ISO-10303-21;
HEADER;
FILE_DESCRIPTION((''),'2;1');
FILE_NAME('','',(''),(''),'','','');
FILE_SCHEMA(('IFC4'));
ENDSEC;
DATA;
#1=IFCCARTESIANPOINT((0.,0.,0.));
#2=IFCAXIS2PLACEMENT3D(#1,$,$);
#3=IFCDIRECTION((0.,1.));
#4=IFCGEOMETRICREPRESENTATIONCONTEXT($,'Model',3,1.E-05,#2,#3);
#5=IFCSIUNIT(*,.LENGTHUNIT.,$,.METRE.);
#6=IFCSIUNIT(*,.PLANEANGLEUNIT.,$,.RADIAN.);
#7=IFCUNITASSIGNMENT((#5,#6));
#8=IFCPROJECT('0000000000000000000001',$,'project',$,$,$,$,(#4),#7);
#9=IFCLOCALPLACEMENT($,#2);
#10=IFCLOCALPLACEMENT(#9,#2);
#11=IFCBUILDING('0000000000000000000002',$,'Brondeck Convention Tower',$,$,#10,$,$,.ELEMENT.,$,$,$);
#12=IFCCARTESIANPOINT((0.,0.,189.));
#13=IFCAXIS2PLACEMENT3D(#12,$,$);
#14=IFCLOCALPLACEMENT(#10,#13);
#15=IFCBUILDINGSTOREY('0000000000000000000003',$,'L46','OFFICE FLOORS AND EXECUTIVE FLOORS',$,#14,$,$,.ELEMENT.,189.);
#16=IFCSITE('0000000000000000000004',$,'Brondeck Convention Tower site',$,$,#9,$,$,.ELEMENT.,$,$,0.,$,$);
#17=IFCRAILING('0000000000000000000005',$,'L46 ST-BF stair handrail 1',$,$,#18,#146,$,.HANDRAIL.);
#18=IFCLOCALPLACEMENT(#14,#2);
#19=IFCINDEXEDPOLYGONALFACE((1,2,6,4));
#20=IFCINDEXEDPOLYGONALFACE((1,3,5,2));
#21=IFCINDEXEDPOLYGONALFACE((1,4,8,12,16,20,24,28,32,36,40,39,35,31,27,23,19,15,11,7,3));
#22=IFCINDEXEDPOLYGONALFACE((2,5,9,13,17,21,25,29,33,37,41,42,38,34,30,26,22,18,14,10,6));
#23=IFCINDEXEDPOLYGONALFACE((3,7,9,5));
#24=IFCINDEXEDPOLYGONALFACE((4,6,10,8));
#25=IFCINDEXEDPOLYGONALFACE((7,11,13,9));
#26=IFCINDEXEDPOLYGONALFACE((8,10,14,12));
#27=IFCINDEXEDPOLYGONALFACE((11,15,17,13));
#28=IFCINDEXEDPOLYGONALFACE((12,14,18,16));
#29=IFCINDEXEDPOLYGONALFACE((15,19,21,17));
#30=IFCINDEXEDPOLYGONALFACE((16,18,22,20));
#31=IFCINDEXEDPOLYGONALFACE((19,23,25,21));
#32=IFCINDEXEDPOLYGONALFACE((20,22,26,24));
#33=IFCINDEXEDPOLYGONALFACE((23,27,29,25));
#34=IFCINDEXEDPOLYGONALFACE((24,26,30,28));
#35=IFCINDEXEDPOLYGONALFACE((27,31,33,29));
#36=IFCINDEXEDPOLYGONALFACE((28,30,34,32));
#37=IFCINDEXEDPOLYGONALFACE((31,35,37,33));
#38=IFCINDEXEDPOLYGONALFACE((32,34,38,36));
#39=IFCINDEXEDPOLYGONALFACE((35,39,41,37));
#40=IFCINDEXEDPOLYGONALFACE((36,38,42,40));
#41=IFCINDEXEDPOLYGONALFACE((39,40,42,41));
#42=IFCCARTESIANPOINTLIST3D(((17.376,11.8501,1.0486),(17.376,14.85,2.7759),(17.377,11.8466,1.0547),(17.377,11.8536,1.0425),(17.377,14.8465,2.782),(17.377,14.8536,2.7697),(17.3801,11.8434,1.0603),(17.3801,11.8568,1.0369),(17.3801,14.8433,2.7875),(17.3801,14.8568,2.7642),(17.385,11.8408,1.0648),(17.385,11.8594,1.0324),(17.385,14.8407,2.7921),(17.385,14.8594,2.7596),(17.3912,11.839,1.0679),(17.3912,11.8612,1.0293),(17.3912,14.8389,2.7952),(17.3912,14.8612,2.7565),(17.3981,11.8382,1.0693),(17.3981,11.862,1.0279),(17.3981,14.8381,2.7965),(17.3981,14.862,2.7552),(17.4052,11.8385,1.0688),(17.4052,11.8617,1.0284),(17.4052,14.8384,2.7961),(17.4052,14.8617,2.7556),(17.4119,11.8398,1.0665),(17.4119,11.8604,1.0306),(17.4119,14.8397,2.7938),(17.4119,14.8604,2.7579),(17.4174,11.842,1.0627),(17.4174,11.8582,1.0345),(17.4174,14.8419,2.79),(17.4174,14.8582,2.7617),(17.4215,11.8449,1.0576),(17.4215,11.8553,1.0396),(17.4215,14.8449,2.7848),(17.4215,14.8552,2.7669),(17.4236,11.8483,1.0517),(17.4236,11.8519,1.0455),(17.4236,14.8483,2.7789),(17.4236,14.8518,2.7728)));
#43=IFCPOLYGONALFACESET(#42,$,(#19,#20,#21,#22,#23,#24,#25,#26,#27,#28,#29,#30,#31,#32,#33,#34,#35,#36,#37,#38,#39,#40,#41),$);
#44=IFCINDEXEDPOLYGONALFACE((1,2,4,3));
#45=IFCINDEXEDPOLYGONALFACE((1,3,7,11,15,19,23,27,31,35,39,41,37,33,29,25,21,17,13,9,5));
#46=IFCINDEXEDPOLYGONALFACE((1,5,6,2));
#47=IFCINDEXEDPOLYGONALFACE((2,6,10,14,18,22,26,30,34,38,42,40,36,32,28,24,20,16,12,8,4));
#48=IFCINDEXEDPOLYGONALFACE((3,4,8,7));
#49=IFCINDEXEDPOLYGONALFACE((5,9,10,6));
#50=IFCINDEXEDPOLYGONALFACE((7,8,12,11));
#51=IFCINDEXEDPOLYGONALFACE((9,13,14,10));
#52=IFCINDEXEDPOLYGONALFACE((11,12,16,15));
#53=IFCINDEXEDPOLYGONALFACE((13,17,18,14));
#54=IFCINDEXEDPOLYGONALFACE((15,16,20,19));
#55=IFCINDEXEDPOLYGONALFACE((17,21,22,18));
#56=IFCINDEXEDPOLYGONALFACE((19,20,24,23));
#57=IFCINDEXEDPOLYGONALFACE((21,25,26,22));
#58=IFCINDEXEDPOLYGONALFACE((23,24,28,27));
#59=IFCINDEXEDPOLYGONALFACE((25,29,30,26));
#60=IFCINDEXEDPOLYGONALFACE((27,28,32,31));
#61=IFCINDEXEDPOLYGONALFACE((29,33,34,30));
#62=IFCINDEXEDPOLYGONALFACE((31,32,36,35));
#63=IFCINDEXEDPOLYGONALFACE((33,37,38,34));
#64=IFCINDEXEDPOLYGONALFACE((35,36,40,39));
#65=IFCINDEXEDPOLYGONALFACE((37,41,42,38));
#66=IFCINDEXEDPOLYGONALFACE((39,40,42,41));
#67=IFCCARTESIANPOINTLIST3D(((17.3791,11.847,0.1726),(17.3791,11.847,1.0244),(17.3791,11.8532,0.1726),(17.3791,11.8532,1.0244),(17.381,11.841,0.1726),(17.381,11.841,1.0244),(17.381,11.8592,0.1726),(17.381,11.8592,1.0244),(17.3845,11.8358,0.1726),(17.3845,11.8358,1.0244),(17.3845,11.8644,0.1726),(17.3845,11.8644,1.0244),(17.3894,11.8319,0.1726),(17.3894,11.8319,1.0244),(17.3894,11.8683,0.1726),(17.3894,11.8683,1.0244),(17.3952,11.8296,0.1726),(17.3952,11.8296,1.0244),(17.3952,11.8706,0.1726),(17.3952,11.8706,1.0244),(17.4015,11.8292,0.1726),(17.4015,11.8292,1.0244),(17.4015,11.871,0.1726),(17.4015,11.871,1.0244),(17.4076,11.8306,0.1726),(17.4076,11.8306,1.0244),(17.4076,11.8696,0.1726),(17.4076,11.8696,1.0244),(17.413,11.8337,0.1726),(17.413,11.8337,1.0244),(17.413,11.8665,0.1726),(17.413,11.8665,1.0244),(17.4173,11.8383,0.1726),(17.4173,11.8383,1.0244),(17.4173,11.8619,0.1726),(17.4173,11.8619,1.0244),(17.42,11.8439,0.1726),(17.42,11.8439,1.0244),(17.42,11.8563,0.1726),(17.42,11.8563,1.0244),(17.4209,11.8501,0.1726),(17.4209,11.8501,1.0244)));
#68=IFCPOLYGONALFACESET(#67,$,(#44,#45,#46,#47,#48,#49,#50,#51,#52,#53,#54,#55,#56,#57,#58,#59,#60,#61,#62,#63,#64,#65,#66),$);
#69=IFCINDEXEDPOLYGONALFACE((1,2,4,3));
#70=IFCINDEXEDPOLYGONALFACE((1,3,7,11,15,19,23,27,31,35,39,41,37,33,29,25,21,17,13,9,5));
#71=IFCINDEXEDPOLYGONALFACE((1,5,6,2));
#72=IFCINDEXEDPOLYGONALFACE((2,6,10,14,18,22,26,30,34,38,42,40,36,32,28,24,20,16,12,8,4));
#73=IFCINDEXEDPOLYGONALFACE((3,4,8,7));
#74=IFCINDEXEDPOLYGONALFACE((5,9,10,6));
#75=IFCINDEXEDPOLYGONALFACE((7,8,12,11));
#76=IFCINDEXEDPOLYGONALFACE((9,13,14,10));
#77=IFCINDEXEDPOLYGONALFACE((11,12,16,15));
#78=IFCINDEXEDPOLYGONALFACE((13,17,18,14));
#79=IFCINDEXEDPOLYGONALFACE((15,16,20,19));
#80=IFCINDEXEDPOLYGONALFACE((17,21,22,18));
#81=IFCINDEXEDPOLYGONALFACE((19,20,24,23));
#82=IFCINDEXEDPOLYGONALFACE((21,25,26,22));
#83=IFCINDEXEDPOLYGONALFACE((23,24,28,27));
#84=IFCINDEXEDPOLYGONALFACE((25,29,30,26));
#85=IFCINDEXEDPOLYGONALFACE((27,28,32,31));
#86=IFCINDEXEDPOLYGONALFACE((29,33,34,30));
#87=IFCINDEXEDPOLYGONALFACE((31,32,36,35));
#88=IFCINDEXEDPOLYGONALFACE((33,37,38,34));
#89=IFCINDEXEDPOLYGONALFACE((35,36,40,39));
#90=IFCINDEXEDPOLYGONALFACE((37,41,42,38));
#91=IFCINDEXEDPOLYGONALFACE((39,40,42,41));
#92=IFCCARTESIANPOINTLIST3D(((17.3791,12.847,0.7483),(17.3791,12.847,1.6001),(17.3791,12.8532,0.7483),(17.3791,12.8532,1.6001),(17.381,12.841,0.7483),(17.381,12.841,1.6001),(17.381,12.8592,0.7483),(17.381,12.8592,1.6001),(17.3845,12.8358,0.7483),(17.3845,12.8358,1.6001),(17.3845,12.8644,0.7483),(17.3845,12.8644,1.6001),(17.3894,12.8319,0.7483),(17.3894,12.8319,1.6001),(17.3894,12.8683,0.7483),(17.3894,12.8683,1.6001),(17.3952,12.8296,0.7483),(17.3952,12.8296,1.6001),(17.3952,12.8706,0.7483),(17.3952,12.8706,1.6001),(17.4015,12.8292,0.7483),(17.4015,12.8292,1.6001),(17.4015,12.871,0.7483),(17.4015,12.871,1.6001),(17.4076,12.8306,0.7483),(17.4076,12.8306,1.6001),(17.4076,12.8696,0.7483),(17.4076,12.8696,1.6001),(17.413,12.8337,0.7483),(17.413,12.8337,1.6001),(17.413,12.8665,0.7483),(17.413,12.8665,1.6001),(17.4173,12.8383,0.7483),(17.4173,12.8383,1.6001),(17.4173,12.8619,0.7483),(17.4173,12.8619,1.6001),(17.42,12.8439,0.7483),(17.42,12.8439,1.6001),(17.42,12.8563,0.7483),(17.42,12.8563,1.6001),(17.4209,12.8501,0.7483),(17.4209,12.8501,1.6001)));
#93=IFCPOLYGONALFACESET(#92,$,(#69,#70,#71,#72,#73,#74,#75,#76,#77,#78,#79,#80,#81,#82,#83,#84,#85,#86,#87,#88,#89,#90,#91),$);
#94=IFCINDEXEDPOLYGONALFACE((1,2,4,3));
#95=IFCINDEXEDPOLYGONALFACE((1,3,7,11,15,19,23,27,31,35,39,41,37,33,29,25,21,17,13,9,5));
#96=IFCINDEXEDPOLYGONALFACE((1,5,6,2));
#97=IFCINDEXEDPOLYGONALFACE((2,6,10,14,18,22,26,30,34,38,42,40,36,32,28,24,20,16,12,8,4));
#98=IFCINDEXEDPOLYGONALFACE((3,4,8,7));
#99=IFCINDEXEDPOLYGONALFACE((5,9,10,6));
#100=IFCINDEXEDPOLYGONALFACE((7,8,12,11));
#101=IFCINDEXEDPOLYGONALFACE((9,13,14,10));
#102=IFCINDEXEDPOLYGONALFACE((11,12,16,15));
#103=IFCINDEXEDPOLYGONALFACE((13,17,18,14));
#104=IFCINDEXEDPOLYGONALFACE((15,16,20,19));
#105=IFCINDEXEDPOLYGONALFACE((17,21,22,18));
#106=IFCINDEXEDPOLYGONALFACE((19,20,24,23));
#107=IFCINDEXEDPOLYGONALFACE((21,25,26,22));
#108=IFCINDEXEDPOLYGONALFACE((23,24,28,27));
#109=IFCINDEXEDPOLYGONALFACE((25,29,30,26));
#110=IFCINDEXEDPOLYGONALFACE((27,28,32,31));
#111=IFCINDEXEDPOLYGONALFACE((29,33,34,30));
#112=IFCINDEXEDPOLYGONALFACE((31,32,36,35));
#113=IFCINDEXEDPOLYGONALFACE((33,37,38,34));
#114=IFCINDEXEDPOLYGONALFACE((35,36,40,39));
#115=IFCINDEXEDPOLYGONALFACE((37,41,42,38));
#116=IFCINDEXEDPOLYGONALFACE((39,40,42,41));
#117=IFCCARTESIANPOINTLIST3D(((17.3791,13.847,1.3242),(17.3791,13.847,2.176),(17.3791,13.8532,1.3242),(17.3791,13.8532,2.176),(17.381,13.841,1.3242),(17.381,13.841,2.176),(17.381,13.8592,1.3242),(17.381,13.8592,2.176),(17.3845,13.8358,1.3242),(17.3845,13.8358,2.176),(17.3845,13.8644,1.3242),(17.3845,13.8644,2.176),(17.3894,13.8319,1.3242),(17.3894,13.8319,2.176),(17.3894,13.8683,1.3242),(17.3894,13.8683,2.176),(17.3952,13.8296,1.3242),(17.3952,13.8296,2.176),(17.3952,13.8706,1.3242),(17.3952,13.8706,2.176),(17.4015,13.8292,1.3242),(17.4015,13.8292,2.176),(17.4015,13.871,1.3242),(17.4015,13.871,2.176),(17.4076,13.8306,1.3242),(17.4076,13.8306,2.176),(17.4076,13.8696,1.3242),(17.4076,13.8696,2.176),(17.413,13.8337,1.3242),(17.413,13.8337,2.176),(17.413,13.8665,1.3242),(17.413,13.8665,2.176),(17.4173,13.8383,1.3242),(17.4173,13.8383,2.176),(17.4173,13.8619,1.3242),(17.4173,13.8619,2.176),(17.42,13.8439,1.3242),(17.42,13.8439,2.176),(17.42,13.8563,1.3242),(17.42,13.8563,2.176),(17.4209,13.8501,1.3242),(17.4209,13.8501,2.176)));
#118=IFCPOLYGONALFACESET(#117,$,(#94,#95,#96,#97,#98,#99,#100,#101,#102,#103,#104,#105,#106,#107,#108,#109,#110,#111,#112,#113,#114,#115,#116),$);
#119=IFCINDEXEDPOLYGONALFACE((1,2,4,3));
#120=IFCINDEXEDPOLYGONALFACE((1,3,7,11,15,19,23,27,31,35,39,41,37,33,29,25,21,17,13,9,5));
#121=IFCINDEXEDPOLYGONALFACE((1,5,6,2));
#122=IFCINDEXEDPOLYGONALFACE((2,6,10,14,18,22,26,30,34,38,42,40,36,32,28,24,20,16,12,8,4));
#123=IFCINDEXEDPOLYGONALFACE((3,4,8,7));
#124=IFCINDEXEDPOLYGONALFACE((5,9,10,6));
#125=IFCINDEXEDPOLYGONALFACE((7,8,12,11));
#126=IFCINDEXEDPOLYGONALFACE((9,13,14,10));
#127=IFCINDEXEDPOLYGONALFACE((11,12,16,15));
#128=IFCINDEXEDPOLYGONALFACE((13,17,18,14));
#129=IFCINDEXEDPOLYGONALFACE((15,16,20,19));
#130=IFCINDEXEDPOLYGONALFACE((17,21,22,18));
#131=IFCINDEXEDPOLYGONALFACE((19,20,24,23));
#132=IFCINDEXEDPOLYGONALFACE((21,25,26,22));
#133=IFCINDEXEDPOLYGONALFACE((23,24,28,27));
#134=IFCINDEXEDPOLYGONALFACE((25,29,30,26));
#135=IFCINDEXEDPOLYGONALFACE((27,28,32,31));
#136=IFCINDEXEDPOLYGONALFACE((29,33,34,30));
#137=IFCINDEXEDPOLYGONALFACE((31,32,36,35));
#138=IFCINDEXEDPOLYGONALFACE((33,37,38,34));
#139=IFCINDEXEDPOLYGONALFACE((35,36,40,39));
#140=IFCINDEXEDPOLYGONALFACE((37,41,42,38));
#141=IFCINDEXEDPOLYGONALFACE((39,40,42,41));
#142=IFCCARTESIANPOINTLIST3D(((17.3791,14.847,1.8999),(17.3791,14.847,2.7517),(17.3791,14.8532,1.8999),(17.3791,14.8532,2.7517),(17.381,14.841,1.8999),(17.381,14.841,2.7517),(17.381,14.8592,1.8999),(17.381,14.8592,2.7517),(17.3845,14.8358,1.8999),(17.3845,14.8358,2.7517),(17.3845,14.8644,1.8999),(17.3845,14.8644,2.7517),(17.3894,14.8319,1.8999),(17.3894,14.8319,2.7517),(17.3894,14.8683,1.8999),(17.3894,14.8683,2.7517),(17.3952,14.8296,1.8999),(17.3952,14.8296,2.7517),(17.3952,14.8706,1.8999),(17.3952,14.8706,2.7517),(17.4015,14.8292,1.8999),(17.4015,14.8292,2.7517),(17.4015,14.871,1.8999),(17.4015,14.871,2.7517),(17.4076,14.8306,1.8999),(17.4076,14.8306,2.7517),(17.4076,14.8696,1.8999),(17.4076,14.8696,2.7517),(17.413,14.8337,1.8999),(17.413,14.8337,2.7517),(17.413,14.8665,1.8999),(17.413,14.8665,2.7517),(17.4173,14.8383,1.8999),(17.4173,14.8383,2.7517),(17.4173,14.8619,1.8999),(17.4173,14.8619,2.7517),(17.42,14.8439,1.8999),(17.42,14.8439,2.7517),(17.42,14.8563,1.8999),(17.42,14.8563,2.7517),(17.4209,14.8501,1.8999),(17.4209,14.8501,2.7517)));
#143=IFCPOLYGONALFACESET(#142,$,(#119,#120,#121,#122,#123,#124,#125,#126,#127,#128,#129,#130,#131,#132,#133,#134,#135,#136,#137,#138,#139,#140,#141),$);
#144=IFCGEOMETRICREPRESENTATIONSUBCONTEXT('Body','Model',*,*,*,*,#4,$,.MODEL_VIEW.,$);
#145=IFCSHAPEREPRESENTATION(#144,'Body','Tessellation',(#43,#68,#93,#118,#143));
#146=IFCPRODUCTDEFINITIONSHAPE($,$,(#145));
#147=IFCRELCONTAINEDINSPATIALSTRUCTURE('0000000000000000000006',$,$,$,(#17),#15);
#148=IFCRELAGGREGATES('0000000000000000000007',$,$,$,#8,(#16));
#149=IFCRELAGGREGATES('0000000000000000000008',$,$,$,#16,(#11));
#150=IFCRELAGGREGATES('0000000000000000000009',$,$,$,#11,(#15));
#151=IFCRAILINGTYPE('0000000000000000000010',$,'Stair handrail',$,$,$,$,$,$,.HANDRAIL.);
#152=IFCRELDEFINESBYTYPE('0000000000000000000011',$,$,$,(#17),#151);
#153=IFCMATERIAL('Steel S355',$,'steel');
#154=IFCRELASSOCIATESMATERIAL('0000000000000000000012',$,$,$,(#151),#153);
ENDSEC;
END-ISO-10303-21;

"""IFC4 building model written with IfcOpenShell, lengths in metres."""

from ifc_helpers import new_model, si_unit, direction, frame, origin, origin_2d, place, context, subcontext, project, spatial, circle, extrude, material, type_object, element, save


model = new_model("IFC4")

# Units and contexts
model_context = context("Model", 3, precision=1e-05, world=origin(), true_north=direction((0.0, 1.0)))
body_context = subcontext(model_context, "Body", "Model", "MODEL_VIEW")
ifc_project = project(units=[si_unit("LENGTHUNIT", "METRE"), si_unit("PLANEANGLEUNIT", "RADIAN")], contexts=[model_context])

# Site, building, storey
site_placement = place(None, origin())
site = spatial("IfcSite", under=ifc_project, at=site_placement, Name="Brondeck Convention Tower site", CompositionType="ELEMENT", RefElevation=0.0)
building_placement = place(site_placement, origin())
building = spatial("IfcBuilding", under=site, at=building_placement, Name="Brondeck Convention Tower", CompositionType="ELEMENT")
storey_placement = place(building_placement, frame((0.0, 0.0, 189.0)))
storey = spatial("IfcBuildingStorey", under=building, at=storey_placement, Name="L46", Description="OFFICE FLOORS AND EXECUTIVE FLOORS", CompositionType="ELEMENT", Elevation=189.0)

# Shared definitions
ifc_material_1 = material(Name="Steel S355", Category="steel")

# Railing
railing_type_1 = type_object("IfcRailingType", Name="Stair handrail", PredefinedType="HANDRAIL", material=ifc_material_1)
railing_1_placement = place(storey_placement, frame((17.3999, 11.8501, 0.1726)))
element("IfcRailing", 1, at=railing_1_placement, inside=storey, type_object=railing_type_1, Name="L46 ST-BF stair handrail 1", PredefinedType="HANDRAIL", context=body_context, shape_type="SweptSolid", body=[
    extrude(circle(Radius=0.0239, at=origin_2d()), frame((0.0, 0.0, 0.876), z_axis=(0.0, 0.86662, 0.498969), x_axis=(-1.0, 0.0, 0.0)), (0.0, 0.0, 1.0), 3.4617),
    extrude(circle(Radius=0.021, at=origin_2d()), origin(), (0.0, 0.0, 1.0), 0.8518),
    extrude(circle(Radius=0.021, at=origin_2d()), frame((0.0, 1.0, 0.5757)), (0.0, 0.0, 1.0), 0.8518),
    extrude(circle(Radius=0.021, at=origin_2d()), frame((0.0, 2.0, 1.1516)), (0.0, 0.0, 1.0), 0.8518),
    extrude(circle(Radius=0.021, at=origin_2d()), frame((0.0, 3.0, 1.7273)), (0.0, 0.0, 1.0), 0.8518),
])

save(model, "model.ifc")
